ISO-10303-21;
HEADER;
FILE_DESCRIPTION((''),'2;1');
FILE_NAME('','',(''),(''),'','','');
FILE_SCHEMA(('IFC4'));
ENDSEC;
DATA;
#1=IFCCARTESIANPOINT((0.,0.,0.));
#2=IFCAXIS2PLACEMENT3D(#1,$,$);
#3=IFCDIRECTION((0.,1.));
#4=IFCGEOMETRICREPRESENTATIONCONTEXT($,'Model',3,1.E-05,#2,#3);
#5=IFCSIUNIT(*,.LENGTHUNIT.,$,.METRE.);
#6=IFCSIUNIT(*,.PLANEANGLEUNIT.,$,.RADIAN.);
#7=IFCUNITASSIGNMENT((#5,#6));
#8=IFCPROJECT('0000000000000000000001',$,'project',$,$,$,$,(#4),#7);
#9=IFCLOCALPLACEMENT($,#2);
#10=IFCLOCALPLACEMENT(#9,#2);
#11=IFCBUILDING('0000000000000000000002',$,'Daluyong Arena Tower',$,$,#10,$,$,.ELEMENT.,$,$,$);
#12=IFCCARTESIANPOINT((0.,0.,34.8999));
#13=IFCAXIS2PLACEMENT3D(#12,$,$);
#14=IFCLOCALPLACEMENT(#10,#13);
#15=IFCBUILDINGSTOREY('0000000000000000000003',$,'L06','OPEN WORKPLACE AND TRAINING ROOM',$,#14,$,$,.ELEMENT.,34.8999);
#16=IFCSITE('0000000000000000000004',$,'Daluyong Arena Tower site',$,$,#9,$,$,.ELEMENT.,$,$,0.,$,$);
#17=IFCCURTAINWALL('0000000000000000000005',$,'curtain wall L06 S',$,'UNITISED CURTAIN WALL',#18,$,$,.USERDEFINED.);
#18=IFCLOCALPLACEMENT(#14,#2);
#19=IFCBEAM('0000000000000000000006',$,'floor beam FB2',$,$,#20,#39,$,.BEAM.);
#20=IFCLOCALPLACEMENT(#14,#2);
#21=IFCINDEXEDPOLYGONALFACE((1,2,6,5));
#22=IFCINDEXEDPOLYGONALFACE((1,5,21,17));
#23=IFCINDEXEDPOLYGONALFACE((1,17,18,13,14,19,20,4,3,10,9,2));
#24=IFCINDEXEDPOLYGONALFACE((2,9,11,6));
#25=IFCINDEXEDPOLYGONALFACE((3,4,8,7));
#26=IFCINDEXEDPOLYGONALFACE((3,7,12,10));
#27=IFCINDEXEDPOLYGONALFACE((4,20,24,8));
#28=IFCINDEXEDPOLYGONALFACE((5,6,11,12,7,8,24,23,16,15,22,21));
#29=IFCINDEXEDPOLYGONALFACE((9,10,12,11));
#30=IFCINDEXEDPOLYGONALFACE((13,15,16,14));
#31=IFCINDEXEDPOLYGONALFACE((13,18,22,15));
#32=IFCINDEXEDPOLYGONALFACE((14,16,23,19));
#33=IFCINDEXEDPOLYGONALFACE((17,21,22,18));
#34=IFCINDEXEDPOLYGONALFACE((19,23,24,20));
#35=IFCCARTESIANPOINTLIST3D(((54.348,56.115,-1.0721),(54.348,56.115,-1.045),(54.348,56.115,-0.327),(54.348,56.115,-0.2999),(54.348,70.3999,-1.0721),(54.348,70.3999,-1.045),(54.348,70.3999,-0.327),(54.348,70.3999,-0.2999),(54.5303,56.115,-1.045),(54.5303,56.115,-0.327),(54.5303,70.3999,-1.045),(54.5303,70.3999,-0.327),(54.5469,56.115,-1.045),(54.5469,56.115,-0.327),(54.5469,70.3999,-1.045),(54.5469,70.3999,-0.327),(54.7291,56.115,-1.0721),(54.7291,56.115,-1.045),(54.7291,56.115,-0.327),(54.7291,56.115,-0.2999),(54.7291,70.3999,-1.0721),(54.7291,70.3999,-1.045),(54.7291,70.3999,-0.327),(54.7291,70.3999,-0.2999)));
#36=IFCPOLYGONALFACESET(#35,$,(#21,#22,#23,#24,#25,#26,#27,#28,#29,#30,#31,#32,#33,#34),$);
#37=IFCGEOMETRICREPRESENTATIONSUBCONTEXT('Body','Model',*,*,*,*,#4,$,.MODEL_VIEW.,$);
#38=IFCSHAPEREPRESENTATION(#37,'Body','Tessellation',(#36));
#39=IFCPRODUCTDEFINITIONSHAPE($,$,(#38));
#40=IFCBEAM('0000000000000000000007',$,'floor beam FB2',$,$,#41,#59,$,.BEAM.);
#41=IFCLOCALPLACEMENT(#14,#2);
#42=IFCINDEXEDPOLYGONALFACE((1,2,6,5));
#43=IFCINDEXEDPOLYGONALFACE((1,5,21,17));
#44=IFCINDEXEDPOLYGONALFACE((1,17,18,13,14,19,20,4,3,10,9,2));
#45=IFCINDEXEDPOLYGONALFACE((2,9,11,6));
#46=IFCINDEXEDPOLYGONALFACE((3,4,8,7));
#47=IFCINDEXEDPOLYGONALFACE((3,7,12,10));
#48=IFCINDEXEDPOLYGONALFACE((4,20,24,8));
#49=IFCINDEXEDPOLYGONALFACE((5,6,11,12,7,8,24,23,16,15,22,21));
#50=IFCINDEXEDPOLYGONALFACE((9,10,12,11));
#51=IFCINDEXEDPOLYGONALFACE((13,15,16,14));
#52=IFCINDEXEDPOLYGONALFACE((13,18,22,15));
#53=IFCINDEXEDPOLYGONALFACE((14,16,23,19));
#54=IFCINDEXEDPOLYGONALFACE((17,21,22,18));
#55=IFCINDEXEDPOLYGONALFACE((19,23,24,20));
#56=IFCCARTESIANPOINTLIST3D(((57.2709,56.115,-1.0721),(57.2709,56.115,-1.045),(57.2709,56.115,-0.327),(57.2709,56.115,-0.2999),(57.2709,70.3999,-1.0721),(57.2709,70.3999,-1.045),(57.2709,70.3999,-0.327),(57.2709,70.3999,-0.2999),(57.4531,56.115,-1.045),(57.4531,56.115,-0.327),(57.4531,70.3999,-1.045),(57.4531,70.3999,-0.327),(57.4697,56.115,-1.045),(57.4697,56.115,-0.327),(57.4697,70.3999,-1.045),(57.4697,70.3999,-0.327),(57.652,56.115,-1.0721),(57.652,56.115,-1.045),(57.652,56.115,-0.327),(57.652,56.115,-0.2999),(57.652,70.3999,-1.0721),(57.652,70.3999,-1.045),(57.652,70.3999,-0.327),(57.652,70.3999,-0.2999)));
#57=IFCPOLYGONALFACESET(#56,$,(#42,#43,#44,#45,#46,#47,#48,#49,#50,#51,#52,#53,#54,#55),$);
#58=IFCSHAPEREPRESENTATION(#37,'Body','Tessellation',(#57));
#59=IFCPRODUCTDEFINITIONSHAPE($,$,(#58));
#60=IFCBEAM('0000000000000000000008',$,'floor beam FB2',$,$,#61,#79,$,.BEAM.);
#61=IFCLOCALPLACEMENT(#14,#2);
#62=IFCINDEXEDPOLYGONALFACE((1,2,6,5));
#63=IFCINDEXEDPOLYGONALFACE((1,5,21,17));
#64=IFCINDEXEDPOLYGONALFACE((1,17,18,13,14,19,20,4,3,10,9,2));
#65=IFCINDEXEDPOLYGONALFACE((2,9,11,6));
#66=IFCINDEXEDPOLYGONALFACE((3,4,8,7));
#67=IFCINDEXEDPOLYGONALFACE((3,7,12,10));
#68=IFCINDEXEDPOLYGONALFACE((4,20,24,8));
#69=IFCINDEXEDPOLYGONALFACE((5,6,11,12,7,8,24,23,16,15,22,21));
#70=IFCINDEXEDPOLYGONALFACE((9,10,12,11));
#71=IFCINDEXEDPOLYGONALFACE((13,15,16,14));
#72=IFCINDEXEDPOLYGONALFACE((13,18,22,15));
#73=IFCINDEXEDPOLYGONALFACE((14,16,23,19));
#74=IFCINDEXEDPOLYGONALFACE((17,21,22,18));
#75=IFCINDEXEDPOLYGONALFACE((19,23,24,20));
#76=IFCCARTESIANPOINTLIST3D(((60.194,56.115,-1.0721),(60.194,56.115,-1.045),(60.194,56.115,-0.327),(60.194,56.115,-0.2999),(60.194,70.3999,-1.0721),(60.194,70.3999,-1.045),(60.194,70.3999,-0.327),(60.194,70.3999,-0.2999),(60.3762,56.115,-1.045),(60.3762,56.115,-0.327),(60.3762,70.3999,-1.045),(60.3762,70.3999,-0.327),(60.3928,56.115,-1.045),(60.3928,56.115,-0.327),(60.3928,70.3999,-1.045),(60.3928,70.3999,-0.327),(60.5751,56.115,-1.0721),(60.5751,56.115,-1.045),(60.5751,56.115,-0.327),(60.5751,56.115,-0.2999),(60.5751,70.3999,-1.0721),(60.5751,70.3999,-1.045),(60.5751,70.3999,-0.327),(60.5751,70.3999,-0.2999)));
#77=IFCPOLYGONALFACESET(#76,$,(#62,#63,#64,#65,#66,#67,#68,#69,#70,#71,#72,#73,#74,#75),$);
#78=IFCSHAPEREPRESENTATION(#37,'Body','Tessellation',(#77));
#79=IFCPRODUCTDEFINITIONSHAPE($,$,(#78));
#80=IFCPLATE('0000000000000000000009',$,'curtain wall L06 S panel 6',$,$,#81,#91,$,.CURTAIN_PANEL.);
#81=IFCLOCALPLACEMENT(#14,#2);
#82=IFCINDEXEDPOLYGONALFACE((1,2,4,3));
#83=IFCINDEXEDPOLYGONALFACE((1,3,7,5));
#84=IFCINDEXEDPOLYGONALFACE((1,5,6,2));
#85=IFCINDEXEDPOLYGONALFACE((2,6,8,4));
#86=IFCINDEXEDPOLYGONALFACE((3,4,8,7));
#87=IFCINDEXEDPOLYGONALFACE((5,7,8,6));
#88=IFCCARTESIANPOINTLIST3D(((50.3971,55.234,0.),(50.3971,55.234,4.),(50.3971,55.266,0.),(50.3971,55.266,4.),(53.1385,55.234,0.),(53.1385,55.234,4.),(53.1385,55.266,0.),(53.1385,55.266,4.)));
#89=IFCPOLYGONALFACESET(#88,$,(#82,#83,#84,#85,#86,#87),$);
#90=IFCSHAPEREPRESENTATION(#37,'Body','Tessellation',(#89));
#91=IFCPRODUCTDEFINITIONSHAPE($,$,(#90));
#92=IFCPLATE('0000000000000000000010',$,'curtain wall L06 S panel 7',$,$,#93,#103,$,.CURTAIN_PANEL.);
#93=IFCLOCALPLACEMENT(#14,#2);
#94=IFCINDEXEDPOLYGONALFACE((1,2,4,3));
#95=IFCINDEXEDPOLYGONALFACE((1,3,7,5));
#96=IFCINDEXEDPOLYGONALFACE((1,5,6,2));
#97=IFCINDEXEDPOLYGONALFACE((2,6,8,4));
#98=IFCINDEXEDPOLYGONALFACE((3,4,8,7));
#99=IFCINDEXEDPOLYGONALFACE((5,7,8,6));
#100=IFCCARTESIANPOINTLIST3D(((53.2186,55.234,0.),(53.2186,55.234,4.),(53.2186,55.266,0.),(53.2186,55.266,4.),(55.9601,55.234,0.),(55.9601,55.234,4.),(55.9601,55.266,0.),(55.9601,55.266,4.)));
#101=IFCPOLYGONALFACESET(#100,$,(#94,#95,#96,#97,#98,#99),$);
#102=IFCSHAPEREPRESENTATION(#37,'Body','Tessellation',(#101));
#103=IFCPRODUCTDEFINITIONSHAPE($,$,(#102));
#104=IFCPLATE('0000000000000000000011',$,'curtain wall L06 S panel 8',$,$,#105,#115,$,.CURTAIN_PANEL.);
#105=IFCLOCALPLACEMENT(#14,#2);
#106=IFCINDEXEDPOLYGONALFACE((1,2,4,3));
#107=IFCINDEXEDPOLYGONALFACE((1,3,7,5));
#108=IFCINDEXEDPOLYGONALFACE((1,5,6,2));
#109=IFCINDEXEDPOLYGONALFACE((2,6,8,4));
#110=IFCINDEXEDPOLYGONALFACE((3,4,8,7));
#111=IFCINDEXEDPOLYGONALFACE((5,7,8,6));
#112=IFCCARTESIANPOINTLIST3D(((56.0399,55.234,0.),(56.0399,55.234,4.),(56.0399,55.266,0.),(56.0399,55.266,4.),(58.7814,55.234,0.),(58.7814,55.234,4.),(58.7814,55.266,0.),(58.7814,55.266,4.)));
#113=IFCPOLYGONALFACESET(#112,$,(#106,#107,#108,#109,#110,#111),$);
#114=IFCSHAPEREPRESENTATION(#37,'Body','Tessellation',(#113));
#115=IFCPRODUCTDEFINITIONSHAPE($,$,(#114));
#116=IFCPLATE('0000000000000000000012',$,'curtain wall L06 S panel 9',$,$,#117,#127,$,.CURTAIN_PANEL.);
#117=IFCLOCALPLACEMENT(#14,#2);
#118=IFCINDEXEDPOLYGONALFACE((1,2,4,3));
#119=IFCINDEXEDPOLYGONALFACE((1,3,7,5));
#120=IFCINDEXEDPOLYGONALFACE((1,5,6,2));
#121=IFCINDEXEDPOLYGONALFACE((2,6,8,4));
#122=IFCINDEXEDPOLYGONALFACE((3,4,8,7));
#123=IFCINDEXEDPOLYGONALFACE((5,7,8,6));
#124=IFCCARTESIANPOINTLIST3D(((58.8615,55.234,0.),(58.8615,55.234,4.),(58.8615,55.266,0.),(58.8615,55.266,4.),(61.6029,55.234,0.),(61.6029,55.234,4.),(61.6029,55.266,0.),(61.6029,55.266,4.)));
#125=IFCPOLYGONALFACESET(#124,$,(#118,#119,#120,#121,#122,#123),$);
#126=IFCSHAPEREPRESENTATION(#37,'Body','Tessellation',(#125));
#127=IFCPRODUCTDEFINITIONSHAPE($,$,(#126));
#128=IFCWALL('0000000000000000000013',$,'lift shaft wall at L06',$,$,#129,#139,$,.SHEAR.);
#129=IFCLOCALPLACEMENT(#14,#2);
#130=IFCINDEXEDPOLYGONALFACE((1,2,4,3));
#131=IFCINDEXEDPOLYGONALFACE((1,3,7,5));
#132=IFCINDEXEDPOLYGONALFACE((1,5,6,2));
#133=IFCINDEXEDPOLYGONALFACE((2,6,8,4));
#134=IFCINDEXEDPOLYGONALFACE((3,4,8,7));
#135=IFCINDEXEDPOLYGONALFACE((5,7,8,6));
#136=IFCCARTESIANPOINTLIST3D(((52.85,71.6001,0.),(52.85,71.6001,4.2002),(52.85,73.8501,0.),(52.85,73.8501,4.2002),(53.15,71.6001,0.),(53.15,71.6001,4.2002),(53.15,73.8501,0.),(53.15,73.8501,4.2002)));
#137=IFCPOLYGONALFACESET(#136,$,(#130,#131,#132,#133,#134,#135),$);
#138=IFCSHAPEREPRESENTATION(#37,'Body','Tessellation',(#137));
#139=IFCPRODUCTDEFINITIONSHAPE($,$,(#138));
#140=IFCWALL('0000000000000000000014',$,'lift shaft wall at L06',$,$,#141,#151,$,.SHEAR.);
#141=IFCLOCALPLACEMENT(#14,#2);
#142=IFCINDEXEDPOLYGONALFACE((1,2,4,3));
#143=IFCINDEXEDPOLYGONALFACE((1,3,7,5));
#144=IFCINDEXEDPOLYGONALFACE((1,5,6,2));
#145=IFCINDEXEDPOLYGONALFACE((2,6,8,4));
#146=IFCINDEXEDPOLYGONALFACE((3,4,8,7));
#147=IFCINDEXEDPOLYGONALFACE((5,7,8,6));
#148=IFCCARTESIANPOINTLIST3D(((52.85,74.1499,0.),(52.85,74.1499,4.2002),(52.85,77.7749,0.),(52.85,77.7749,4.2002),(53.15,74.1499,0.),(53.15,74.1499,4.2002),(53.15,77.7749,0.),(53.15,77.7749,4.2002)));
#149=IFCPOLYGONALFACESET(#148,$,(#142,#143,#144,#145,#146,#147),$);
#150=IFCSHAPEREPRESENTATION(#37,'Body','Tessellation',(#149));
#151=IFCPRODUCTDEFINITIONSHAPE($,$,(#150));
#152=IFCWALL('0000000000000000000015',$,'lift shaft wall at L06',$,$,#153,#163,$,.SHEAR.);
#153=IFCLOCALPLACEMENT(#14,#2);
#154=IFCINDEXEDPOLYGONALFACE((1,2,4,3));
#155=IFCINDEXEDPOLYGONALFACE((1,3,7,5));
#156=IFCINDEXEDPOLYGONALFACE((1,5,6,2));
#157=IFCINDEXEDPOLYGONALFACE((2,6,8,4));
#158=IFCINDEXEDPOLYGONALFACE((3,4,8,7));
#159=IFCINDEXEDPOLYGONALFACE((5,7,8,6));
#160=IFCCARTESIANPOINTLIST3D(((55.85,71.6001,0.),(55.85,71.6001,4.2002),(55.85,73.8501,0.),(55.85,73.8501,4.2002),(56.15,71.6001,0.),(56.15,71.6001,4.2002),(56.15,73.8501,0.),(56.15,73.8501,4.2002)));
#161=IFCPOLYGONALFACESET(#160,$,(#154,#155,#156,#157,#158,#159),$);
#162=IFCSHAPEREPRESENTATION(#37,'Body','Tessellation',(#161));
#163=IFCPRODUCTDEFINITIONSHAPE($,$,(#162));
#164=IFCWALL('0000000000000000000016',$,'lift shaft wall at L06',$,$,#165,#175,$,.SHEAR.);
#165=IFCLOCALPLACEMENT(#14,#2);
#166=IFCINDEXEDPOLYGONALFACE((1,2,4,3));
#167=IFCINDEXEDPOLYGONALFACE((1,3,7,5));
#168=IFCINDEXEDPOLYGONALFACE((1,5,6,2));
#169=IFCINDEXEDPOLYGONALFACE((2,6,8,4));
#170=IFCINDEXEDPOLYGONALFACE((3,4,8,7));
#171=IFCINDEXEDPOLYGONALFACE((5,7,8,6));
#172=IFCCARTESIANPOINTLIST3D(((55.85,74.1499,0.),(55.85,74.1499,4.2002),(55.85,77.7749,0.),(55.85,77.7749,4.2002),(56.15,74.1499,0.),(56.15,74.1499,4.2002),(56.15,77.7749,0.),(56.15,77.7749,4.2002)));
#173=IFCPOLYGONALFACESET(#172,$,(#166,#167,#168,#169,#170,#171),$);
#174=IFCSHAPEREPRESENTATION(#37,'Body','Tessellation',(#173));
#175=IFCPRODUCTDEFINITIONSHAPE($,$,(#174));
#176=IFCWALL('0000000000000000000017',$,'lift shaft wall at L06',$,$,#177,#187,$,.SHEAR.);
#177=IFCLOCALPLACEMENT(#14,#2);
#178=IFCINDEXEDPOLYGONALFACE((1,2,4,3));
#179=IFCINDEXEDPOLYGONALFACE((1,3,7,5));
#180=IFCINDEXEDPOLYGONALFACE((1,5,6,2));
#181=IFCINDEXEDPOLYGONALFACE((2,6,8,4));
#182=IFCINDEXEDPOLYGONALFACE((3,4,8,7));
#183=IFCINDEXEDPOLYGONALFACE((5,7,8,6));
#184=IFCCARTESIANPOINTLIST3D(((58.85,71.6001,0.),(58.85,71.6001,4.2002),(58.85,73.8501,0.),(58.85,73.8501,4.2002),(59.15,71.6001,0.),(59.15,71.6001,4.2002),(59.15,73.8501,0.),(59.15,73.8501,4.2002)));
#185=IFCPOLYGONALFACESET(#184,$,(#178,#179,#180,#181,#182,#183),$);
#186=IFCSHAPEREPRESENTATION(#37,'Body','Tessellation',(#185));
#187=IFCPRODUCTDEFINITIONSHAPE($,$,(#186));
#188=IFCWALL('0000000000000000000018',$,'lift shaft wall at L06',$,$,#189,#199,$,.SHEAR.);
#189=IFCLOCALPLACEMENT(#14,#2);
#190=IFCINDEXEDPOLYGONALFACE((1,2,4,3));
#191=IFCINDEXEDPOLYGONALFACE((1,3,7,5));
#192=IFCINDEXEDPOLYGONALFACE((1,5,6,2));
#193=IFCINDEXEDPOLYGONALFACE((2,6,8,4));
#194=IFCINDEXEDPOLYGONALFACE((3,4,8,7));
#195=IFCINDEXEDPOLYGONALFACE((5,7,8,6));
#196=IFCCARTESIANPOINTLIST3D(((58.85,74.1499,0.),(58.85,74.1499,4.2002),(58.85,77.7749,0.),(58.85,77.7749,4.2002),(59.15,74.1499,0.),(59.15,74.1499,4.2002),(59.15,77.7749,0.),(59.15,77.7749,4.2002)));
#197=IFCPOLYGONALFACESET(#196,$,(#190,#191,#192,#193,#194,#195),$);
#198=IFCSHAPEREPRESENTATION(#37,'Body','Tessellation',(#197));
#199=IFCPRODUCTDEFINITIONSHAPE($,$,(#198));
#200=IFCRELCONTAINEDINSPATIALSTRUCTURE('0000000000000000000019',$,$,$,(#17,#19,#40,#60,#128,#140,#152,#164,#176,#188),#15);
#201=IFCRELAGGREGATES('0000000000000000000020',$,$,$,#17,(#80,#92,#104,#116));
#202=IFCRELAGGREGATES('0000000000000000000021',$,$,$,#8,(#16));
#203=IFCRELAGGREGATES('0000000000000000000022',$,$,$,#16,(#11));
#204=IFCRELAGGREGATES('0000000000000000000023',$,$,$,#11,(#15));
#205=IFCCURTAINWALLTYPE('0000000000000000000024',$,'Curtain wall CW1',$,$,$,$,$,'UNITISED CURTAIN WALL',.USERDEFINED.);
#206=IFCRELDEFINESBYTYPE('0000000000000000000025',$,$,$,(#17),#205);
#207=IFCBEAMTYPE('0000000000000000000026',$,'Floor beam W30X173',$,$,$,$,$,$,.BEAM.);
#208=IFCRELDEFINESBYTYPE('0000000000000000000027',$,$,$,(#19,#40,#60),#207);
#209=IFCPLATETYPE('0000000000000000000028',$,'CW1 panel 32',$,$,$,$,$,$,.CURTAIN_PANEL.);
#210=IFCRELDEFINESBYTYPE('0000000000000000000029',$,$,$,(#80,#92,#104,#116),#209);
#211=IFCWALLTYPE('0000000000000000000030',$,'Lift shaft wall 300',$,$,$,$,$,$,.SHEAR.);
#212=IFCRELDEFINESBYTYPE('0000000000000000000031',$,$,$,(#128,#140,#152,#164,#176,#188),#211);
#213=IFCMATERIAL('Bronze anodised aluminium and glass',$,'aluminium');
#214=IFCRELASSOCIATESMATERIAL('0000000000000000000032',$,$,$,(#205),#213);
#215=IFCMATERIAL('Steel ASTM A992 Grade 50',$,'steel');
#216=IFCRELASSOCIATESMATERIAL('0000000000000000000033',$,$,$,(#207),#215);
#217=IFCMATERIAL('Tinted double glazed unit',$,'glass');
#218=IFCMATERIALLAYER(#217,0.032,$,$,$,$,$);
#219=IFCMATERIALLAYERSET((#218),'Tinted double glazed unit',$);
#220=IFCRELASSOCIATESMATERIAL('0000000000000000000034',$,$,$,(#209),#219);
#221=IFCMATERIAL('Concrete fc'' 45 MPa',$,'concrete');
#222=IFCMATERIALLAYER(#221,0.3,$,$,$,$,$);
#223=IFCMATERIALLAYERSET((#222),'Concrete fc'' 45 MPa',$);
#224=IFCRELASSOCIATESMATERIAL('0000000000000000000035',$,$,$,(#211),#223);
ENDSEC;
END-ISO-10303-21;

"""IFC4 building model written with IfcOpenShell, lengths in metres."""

from ifc_helpers import new_model, si_unit, direction, frame, frame_2d, origin, origin_2d, place, context, subcontext, project, spatial, rectangle, i_section, extrude, material, layer, layer_set, material_profile, profile_set, type_object, element, aggregate, save


model = new_model("IFC4")

# Units and contexts
model_context = context("Model", 3, precision=1e-05, world=origin(), true_north=direction((0.0, 1.0)))
body_context = subcontext(model_context, "Body", "Model", "MODEL_VIEW")
ifc_project = project(units=[si_unit("LENGTHUNIT", "METRE"), si_unit("PLANEANGLEUNIT", "RADIAN")], contexts=[model_context])

# Site, building, storey
site_placement = place(None, origin())
site = spatial("IfcSite", under=ifc_project, at=site_placement, Name="Daluyong Arena Tower site", CompositionType="ELEMENT", RefElevation=0.0)
building_placement = place(site_placement, origin())
building = spatial("IfcBuilding", under=site, at=building_placement, Name="Daluyong Arena Tower", CompositionType="ELEMENT")
storey_placement = place(building_placement, frame((0.0, 0.0, 34.8999)))
storey = spatial("IfcBuildingStorey", under=building, at=storey_placement, Name="L06", Description="OPEN WORKPLACE AND TRAINING ROOM", CompositionType="ELEMENT", Elevation=34.8999)

# Curtain wall
ifc_material_1 = material(Name="Bronze anodised aluminium and glass", Category="aluminium")
curtain_wall_type = type_object("IfcCurtainWallType", Name="Curtain wall CW1", ElementType="UNITISED CURTAIN WALL", PredefinedType="USERDEFINED", material=ifc_material_1)
curtain_wall_placement = place(storey_placement, origin())
curtain_wall = element("IfcCurtainWall", 1, at=curtain_wall_placement, inside=storey, type_object=curtain_wall_type, Name="curtain wall L06 S", ObjectType="UNITISED CURTAIN WALL", PredefinedType="USERDEFINED")

# Beams
ifc_material_2 = material(Name="Steel ASTM A992 Grade 50", Category="steel")
ifc_material_profile_1 = material_profile(ifc_material_2, i_section(OverallWidth=0.3811, OverallDepth=0.7722, WebThickness=0.0166, FlangeThickness=0.0271, at=origin_2d()))
ifc_profile_set_1 = profile_set([ifc_material_profile_1], Name="Steel ASTM A992 Grade 50")
beam_type = type_object("IfcBeamType", Name="Floor beam W30X173", PredefinedType="BEAM", material=ifc_profile_set_1)
for number, where, z_axis, x_axis, name in (
    (2, (54.5386, 56.115, -0.686), (0.0, 1.0, 0.0), (-1.0, 0.0, 0.0), "floor beam FB2"),
    (3, (57.4614, 56.115, -0.686), (0.0, 1.0, 0.0), (-1.0, 0.0, 0.0), "floor beam FB2"),
    (4, (60.3845, 56.115, -0.686), (0.0, 1.0, 0.0), (-1.0, 0.0, 0.0), "floor beam FB2"),
):
    element("IfcBeam", number, at=place(storey_placement, frame(where, z_axis=z_axis, x_axis=x_axis)), inside=storey, type_object=beam_type, Name=name, PredefinedType="BEAM", context=body_context, shape_type="SweptSolid", body=[
        extrude(i_section(OverallWidth=0.3811, OverallDepth=0.7722, WebThickness=0.0166, FlangeThickness=0.0271, at=origin_2d()), origin(), (0.0, 0.0, 1.0), 14.2849),
    ])

# Plates
ifc_material_3 = material(Name="Tinted double glazed unit", Category="glass")
ifc_layer_1 = layer(ifc_material_3, 0.032)
ifc_layer_set_1 = layer_set([ifc_layer_1], Name="Tinted double glazed unit")
plate_type = type_object("IfcPlateType", Name="CW1 panel 32", PredefinedType="CURTAIN_PANEL", material=ifc_layer_set_1)
plate_1_placement = place(storey_placement, frame((51.7678, 55.25, 0.0), z_axis=(0.0, 0.0, 1.0), x_axis=(1.0, 0.0, 0.0)))
plate_1 = element("IfcPlate", 5, at=plate_1_placement, type_object=plate_type, Name="curtain wall L06 S panel 6", PredefinedType="CURTAIN_PANEL", context=body_context, shape_type="SweptSolid", body=[
    extrude(rectangle(XDim=2.7415, YDim=0.032, at=origin_2d()), origin(), (0.0, 0.0, 1.0), 4.0),
])
plate_2_placement = place(storey_placement, frame((54.5894, 55.25, 0.0), z_axis=(0.0, 0.0, 1.0), x_axis=(1.0, 0.0, 0.0)))
plate_2 = element("IfcPlate", 6, at=plate_2_placement, type_object=plate_type, Name="curtain wall L06 S panel 7", PredefinedType="CURTAIN_PANEL", context=body_context, shape_type="SweptSolid", body=[
    extrude(rectangle(XDim=2.7415, YDim=0.032, at=origin_2d()), origin(), (0.0, 0.0, 1.0), 4.0),
])
plate_3_placement = place(storey_placement, frame((57.4106, 55.25, 0.0), z_axis=(0.0, 0.0, 1.0), x_axis=(1.0, 0.0, 0.0)))
plate_3 = element("IfcPlate", 7, at=plate_3_placement, type_object=plate_type, Name="curtain wall L06 S panel 8", PredefinedType="CURTAIN_PANEL", context=body_context, shape_type="SweptSolid", body=[
    extrude(rectangle(XDim=2.7415, YDim=0.032, at=origin_2d()), origin(), (0.0, 0.0, 1.0), 4.0),
])
plate_4_placement = place(storey_placement, frame((60.2322, 55.25, 0.0), z_axis=(0.0, 0.0, 1.0), x_axis=(1.0, 0.0, 0.0)))
plate_4 = element("IfcPlate", 8, at=plate_4_placement, type_object=plate_type, Name="curtain wall L06 S panel 9", PredefinedType="CURTAIN_PANEL", context=body_context, shape_type="SweptSolid", body=[
    extrude(rectangle(XDim=2.7415, YDim=0.032, at=origin_2d()), origin(), (0.0, 0.0, 1.0), 4.0),
])
aggregate(curtain_wall, [plate_1, plate_2, plate_3, plate_4])

# Walls
ifc_material_4 = material(Name="Concrete fc' 45 MPa", Category="concrete")
ifc_layer_2 = layer(ifc_material_4, 0.3)
ifc_layer_set_2 = layer_set([ifc_layer_2], Name="Concrete fc' 45 MPa")
wall_type_1 = type_object("IfcWallType", Name="Lift shaft wall 300", PredefinedType="SHEAR", material=ifc_layer_set_2)
wall_1_placement = place(storey_placement, frame((53.0, 71.6001, 0.0), z_axis=(0.0, 0.0, 1.0), x_axis=(0.0, 1.0, 0.0)))
element("IfcWall", 9, at=wall_1_placement, inside=storey, type_object=wall_type_1, Name="lift shaft wall at L06", PredefinedType="SHEAR", context=body_context, shape_type="SweptSolid", body=[
    extrude(rectangle(XDim=2.25, YDim=0.3, at=frame_2d((1.125, 0.0))), origin(), (0.0, 0.0, 1.0), 4.2002),
])
wall_2_placement = place(storey_placement, frame((53.0, 74.1499, 0.0), z_axis=(0.0, 0.0, 1.0), x_axis=(0.0, 1.0, 0.0)))
element("IfcWall", 10, at=wall_2_placement, inside=storey, type_object=wall_type_1, Name="lift shaft wall at L06", PredefinedType="SHEAR", context=body_context, shape_type="SweptSolid", body=[
    extrude(rectangle(XDim=3.625, YDim=0.3, at=frame_2d((1.8125, 0.0))), origin(), (0.0, 0.0, 1.0), 4.2002),
])
wall_3_placement = place(storey_placement, frame((56.0, 71.6001, 0.0), z_axis=(0.0, 0.0, 1.0), x_axis=(0.0, 1.0, 0.0)))
element("IfcWall", 11, at=wall_3_placement, inside=storey, type_object=wall_type_1, Name="lift shaft wall at L06", PredefinedType="SHEAR", context=body_context, shape_type="SweptSolid", body=[
    extrude(rectangle(XDim=2.25, YDim=0.3, at=frame_2d((1.125, 0.0))), origin(), (0.0, 0.0, 1.0), 4.2002),
])
wall_4_placement = place(storey_placement, frame((56.0, 74.1499, 0.0), z_axis=(0.0, 0.0, 1.0), x_axis=(0.0, 1.0, 0.0)))
element("IfcWall", 12, at=wall_4_placement, inside=storey, type_object=wall_type_1, Name="lift shaft wall at L06", PredefinedType="SHEAR", context=body_context, shape_type="SweptSolid", body=[
    extrude(rectangle(XDim=3.625, YDim=0.3, at=frame_2d((1.8125, 0.0))), origin(), (0.0, 0.0, 1.0), 4.2002),
])
wall_5_placement = place(storey_placement, frame((59.0, 71.6001, 0.0), z_axis=(0.0, 0.0, 1.0), x_axis=(0.0, 1.0, 0.0)))
element("IfcWall", 13, at=wall_5_placement, inside=storey, type_object=wall_type_1, Name="lift shaft wall at L06", PredefinedType="SHEAR", context=body_context, shape_type="SweptSolid", body=[
    extrude(rectangle(XDim=2.25, YDim=0.3, at=frame_2d((1.125, 0.0))), origin(), (0.0, 0.0, 1.0), 4.2002),
])
wall_6_placement = place(storey_placement, frame((59.0, 74.1499, 0.0), z_axis=(0.0, 0.0, 1.0), x_axis=(0.0, 1.0, 0.0)))
element("IfcWall", 14, at=wall_6_placement, inside=storey, type_object=wall_type_1, Name="lift shaft wall at L06", PredefinedType="SHEAR", context=body_context, shape_type="SweptSolid", body=[
    extrude(rectangle(XDim=3.625, YDim=0.3, at=frame_2d((1.8125, 0.0))), origin(), (0.0, 0.0, 1.0), 4.2002),
])

save(model, "model.ifc")
